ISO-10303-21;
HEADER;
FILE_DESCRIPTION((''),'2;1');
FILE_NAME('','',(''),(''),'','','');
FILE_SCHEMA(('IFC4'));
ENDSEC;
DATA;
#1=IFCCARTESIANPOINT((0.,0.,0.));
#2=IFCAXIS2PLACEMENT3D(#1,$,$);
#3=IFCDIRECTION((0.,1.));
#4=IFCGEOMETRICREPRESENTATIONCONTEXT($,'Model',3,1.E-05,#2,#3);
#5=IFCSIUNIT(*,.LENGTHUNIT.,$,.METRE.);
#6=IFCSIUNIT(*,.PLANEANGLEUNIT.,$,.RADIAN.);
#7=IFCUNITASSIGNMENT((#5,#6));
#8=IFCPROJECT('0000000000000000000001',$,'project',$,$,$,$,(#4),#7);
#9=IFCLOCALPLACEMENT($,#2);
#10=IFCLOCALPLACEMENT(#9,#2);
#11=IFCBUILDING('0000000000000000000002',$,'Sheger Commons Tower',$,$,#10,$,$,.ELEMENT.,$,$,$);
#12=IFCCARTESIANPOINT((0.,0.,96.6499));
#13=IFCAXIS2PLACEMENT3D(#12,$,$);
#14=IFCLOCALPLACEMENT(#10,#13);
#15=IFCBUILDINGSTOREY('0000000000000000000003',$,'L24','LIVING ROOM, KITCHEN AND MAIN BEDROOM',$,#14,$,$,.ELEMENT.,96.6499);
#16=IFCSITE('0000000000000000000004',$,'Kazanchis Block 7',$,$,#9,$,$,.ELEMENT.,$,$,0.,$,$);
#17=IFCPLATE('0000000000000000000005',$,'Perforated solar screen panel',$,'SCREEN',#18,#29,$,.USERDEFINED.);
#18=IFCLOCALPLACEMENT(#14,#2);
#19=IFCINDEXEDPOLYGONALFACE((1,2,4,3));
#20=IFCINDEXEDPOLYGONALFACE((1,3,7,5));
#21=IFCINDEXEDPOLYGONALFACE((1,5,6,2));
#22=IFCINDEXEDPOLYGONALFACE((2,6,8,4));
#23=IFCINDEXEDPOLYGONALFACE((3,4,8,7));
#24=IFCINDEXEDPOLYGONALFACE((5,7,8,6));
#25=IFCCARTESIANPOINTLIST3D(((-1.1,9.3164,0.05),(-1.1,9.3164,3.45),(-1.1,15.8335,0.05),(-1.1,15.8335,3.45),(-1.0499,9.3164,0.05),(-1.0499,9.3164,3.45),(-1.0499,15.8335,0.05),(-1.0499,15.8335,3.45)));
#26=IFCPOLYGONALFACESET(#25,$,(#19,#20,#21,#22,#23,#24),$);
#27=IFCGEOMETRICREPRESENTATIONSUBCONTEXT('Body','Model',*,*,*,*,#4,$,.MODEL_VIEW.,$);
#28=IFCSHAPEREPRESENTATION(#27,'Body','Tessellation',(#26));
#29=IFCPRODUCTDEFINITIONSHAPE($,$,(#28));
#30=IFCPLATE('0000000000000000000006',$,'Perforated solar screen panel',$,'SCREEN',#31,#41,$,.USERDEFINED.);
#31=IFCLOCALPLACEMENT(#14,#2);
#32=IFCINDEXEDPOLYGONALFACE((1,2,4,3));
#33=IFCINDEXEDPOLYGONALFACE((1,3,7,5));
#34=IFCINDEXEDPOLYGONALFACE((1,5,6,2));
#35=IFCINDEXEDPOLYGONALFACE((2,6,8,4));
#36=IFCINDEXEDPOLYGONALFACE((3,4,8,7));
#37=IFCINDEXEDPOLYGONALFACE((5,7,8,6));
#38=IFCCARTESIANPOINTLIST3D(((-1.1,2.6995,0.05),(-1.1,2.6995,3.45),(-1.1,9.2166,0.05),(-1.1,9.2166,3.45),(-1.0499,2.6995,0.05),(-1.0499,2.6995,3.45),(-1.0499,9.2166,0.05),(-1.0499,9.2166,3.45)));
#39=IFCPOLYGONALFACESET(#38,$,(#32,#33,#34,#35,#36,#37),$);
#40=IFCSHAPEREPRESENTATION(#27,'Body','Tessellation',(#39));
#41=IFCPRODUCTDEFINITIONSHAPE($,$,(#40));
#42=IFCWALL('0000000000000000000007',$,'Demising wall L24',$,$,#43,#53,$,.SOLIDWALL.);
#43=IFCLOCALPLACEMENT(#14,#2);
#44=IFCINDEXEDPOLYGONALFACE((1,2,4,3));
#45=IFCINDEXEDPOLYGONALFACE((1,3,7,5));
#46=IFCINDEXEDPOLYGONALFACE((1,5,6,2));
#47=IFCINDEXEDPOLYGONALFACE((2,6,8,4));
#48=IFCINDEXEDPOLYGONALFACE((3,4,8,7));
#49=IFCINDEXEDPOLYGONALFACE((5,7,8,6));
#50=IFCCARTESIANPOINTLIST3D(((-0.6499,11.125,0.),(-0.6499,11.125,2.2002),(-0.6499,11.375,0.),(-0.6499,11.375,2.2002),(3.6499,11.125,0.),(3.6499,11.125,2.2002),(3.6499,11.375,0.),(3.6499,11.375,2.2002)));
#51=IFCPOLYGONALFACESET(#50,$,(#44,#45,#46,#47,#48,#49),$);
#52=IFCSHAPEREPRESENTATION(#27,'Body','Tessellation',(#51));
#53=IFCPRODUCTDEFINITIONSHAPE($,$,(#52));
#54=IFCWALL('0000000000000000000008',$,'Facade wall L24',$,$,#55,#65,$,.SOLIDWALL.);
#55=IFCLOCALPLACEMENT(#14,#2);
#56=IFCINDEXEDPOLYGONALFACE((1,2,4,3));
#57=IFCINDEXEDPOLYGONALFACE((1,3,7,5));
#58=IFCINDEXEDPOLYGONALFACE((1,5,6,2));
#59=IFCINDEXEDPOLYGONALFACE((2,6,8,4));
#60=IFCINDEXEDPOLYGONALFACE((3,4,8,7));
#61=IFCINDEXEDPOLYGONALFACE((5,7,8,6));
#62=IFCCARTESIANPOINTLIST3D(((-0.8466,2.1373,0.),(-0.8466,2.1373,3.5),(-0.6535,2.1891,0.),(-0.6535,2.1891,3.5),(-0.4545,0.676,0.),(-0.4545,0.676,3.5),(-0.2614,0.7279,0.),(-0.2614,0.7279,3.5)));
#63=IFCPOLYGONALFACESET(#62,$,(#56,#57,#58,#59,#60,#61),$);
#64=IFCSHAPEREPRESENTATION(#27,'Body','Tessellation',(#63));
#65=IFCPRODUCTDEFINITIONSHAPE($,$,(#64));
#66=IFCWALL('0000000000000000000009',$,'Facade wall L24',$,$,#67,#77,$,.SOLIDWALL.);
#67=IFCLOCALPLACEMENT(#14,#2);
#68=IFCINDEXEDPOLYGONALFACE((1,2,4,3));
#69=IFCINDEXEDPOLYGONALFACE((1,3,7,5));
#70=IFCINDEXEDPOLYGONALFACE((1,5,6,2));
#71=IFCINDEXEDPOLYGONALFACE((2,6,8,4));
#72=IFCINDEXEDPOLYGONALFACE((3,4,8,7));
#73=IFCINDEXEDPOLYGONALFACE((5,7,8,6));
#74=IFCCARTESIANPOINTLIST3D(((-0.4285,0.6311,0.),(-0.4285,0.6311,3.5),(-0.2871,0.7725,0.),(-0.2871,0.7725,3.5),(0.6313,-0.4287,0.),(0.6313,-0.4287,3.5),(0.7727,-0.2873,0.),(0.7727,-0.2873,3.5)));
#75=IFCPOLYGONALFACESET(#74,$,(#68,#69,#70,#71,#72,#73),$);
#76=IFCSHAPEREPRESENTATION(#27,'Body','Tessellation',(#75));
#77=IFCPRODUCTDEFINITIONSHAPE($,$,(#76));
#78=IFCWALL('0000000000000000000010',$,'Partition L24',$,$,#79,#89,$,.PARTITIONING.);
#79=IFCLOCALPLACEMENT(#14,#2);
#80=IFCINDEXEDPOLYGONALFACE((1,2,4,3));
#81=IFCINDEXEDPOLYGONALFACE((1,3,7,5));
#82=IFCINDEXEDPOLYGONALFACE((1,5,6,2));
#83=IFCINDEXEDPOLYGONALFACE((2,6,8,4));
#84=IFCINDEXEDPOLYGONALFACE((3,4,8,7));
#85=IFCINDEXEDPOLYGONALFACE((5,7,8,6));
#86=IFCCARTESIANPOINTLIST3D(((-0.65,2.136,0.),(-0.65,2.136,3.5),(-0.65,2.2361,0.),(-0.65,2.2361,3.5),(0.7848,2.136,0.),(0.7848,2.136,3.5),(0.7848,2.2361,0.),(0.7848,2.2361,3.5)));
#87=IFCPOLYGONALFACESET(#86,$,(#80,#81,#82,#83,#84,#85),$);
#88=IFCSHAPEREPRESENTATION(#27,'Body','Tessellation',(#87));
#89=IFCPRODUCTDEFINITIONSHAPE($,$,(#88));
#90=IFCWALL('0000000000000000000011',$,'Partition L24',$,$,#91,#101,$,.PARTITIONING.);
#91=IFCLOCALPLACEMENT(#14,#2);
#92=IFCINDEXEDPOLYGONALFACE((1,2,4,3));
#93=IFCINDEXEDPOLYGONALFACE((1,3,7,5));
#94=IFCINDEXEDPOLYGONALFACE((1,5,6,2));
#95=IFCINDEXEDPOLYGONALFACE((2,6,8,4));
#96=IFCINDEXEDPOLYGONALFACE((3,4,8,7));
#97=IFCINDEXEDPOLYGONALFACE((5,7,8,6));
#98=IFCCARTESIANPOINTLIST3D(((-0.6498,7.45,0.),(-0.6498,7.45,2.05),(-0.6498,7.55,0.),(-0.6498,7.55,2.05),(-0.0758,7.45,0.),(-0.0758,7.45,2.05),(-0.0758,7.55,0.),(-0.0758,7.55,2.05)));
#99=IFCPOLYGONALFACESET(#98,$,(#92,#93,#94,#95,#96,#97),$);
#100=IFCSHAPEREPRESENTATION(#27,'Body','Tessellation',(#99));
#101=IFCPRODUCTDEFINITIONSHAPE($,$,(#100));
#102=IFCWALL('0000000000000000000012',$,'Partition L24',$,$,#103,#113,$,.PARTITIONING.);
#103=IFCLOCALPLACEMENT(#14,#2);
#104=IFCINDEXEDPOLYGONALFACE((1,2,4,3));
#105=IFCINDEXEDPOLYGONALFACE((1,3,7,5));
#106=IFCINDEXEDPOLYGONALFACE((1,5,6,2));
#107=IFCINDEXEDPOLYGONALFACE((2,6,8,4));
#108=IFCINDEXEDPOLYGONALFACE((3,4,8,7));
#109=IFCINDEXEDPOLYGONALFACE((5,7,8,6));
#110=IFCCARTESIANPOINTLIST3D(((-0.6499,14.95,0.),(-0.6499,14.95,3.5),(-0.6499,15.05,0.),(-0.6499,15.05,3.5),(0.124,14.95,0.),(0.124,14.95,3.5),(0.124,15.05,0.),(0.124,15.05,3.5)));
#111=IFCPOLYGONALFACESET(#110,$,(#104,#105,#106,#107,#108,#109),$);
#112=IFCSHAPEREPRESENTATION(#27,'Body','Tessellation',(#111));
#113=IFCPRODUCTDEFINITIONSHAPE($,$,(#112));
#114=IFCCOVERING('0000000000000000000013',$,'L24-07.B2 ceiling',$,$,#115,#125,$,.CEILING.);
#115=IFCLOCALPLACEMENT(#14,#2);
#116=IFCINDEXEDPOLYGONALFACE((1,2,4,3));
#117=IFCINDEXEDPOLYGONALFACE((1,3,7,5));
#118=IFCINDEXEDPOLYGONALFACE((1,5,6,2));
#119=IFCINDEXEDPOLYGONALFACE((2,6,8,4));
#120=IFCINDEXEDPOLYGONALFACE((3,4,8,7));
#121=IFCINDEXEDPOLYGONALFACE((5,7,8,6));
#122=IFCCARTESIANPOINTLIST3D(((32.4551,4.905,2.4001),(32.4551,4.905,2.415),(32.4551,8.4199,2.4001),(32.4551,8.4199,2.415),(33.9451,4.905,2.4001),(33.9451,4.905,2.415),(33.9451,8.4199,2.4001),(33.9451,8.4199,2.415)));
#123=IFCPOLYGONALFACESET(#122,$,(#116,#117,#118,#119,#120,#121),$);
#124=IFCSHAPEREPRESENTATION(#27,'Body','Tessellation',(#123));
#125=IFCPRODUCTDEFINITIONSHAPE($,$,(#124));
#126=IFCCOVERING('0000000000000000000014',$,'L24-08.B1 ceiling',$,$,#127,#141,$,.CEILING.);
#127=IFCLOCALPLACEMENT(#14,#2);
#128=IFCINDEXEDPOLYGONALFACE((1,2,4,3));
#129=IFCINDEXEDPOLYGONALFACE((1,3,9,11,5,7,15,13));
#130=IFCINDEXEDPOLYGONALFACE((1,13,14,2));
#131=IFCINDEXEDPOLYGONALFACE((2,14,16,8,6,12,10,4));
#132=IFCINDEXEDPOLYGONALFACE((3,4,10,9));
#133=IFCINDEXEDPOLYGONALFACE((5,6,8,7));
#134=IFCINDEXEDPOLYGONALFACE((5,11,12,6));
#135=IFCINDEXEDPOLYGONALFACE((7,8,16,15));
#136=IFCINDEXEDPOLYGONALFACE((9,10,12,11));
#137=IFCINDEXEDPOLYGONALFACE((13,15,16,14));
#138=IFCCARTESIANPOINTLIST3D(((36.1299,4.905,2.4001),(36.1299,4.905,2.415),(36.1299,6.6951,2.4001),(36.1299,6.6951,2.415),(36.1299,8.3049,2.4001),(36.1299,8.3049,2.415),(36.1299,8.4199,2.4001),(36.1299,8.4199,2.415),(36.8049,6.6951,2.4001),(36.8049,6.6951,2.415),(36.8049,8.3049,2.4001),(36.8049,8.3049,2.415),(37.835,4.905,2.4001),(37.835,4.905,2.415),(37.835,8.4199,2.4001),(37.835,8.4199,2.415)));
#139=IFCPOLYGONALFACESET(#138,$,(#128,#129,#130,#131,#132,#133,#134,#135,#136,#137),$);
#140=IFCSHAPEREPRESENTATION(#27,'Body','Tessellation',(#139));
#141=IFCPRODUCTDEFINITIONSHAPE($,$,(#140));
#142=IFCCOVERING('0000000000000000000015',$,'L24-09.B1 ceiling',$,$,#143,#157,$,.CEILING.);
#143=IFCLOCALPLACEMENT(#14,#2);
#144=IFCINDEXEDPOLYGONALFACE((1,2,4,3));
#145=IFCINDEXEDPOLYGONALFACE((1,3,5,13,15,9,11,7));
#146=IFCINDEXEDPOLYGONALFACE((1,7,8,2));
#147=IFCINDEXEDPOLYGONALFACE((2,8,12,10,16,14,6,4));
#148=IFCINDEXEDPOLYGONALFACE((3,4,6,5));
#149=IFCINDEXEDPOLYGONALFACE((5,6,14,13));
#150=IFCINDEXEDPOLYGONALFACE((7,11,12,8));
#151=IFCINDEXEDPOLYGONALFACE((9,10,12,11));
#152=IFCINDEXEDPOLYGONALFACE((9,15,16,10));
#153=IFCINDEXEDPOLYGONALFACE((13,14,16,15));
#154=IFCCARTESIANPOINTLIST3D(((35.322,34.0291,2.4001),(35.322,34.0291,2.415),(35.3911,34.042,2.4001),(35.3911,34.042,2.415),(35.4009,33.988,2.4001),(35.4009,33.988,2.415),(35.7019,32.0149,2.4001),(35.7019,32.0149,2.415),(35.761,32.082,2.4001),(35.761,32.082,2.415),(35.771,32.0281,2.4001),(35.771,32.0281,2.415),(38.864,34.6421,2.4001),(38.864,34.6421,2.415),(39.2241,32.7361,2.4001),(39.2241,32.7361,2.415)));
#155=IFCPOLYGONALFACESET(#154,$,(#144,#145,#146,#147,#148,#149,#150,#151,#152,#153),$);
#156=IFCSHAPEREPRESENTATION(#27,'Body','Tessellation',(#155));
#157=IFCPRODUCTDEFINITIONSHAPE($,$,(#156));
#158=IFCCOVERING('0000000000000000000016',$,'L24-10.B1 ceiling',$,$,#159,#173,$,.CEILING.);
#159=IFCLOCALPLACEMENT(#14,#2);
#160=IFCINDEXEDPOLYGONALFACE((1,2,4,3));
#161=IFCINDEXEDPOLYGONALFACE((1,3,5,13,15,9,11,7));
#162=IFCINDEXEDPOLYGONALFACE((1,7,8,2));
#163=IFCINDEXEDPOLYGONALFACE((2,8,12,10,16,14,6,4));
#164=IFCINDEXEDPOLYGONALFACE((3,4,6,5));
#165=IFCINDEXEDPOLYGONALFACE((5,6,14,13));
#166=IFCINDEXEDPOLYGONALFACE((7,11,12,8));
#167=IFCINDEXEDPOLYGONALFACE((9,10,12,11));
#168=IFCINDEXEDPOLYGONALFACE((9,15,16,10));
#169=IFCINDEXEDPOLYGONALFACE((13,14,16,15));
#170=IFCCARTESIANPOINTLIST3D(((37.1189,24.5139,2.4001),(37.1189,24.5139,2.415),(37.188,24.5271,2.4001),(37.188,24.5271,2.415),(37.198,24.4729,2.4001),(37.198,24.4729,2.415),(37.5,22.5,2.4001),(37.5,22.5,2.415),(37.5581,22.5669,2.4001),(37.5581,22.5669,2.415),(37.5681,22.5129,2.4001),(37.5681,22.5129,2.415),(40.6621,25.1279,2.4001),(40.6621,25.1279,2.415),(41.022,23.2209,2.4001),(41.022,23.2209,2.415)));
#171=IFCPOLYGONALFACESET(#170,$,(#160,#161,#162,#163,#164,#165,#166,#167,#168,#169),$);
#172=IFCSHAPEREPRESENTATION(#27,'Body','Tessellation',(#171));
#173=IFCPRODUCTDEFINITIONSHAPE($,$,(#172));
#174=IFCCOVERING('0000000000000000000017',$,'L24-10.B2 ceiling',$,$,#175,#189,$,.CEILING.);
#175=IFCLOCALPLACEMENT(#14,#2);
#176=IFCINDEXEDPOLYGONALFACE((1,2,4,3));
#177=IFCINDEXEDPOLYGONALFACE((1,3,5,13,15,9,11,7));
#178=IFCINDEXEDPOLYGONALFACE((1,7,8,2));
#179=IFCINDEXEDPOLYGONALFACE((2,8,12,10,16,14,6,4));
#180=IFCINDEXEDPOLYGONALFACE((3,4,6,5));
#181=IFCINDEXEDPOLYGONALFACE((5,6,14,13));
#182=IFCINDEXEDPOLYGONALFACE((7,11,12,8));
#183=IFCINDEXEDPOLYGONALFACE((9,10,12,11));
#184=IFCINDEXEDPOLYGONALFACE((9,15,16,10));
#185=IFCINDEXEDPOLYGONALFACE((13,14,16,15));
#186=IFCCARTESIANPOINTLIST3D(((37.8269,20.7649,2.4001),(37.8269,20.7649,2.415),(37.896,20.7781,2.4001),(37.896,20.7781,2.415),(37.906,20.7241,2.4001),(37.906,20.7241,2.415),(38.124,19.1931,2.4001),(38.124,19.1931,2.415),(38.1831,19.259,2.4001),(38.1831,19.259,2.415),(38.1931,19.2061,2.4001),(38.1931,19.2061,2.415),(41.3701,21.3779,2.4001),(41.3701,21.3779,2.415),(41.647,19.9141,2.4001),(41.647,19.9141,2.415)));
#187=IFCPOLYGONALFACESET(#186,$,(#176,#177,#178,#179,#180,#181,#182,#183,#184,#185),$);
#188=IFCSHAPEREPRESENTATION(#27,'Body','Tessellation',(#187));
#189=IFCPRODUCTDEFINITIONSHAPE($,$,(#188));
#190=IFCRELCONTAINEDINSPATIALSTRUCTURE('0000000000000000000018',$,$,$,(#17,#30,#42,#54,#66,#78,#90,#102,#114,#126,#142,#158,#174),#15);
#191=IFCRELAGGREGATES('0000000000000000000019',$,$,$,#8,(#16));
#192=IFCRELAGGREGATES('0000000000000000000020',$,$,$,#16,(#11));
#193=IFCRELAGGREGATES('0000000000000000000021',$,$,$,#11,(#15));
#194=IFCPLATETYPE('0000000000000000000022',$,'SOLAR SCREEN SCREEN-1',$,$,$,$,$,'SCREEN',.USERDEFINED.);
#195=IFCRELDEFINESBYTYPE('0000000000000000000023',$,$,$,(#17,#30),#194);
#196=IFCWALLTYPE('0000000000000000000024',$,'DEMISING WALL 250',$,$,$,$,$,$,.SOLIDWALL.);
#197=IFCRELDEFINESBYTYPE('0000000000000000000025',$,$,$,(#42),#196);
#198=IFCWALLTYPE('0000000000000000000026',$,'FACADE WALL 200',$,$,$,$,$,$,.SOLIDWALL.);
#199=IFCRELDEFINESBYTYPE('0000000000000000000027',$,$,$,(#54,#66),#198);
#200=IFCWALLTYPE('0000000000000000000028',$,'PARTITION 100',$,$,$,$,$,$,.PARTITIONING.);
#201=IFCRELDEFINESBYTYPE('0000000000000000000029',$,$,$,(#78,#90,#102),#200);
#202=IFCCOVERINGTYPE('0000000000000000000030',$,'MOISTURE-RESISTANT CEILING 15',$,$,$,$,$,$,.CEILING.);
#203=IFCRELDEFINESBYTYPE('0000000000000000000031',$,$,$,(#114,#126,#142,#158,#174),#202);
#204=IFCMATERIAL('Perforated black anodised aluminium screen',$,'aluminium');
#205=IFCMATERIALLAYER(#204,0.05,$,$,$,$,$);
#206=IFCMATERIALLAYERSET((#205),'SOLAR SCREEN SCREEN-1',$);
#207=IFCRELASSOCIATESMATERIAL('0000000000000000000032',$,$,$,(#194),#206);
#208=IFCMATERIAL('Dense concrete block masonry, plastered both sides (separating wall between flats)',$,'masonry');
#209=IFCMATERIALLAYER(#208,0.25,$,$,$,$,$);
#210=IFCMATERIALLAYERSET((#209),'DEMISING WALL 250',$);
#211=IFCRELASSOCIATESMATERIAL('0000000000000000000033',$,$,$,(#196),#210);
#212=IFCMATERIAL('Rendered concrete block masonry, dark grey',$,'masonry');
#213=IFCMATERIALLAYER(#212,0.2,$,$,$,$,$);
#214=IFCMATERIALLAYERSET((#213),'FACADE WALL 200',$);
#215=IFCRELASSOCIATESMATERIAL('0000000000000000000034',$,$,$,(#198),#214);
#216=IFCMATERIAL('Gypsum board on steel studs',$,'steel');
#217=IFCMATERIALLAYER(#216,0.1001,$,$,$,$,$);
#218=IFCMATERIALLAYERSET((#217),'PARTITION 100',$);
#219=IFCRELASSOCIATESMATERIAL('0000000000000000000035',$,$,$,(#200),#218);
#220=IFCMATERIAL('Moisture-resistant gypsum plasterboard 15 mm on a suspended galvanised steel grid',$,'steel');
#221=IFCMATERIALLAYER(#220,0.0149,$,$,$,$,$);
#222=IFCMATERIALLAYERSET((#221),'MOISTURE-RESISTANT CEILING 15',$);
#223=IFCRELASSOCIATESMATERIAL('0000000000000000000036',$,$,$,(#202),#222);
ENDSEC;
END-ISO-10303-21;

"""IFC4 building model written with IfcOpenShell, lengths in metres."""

from ifc_helpers import new_model, si_unit, direction, frame, frame_2d, origin, origin_2d, place, context, subcontext, project, spatial, polyline, rectangle, outline, extrude, material, layer, layer_set, type_object, element, save


model = new_model("IFC4")

# Units and contexts
model_context = context("Model", 3, precision=1e-05, world=origin(), true_north=direction((0.0, 1.0)))
body_context = subcontext(model_context, "Body", "Model", "MODEL_VIEW")
ifc_project = project(units=[si_unit("LENGTHUNIT", "METRE"), si_unit("PLANEANGLEUNIT", "RADIAN")], contexts=[model_context])

# Site, building, storey
site_placement = place(None, origin())
site = spatial("IfcSite", under=ifc_project, at=site_placement, Name="Kazanchis Block 7", CompositionType="ELEMENT", RefElevation=0.0)
building_placement = place(site_placement, origin())
building = spatial("IfcBuilding", under=site, at=building_placement, Name="Sheger Commons Tower", CompositionType="ELEMENT")
storey_placement = place(building_placement, frame((0.0, 0.0, 96.6499)))
storey = spatial("IfcBuildingStorey", under=building, at=storey_placement, Name="L24", Description="LIVING ROOM, KITCHEN AND MAIN BEDROOM", CompositionType="ELEMENT", Elevation=96.6499)

# Plates
ifc_material_1 = material(Name="Perforated black anodised aluminium screen", Category="aluminium")
ifc_layer_1 = layer(ifc_material_1, 0.05)
ifc_layer_set_1 = layer_set([ifc_layer_1], Name="SOLAR SCREEN SCREEN-1")
plate_type = type_object("IfcPlateType", Name="SOLAR SCREEN SCREEN-1", ElementType="SCREEN", PredefinedType="USERDEFINED", material=ifc_layer_set_1)
for number, where, z_axis, x_axis, name in (
    (1, (-1.075, 12.575, 0.05), (0.0, 0.0, 1.0), (0.0, -1.0, 0.0), "Perforated solar screen panel"),
    (2, (-1.075, 5.958, 0.05), (0.0, 0.0, 1.0), (0.0, -1.0, 0.0), "Perforated solar screen panel"),
):
    element("IfcPlate", number, at=place(storey_placement, frame(where, z_axis=z_axis, x_axis=x_axis)), inside=storey, type_object=plate_type, Name=name, ObjectType="SCREEN", PredefinedType="USERDEFINED", context=body_context, shape_type="SweptSolid", body=[
        extrude(rectangle(XDim=6.5171, YDim=0.05, at=origin_2d()), origin(), (0.0, 0.0, 1.0), 3.3999),
    ])

# Walls
ifc_material_2 = material(Name="Dense concrete block masonry, plastered both sides (separating wall between flats)", Category="masonry")
ifc_layer_2 = layer(ifc_material_2, 0.25)
ifc_layer_set_2 = layer_set([ifc_layer_2], Name="DEMISING WALL 250")
wall_type_1 = type_object("IfcWallType", Name="DEMISING WALL 250", PredefinedType="SOLIDWALL", material=ifc_layer_set_2)
wall_1_placement = place(storey_placement, frame((-0.6499, 11.25, 0.0), z_axis=(0.0, 0.0, 1.0), x_axis=(1.0, 0.0, 0.0)))
element("IfcWall", 3, at=wall_1_placement, inside=storey, type_object=wall_type_1, Name="Demising wall L24", PredefinedType="SOLIDWALL", context=body_context, shape_type="SweptSolid", body=[
    extrude(rectangle(XDim=4.2998, YDim=0.25, at=frame_2d((2.1499, 0.0))), origin(), (0.0, 0.0, 1.0), 2.2002),
])
ifc_material_3 = material(Name="Rendered concrete block masonry, dark grey", Category="masonry")
ifc_layer_3 = layer(ifc_material_3, 0.2)
ifc_layer_set_3 = layer_set([ifc_layer_3], Name="FACADE WALL 200")
wall_type_2 = type_object("IfcWallType", Name="FACADE WALL 200", PredefinedType="SOLIDWALL", material=ifc_layer_set_3)
wall_2_placement = place(storey_placement, frame((-0.75, 2.1631, 0.0), z_axis=(0.0, 0.0, 1.0), x_axis=(0.259169, -0.965832, 0.0)))
element("IfcWall", 4, at=wall_2_placement, inside=storey, type_object=wall_type_2, Name="Facade wall L24", PredefinedType="SOLIDWALL", context=body_context, shape_type="SweptSolid", body=[
    extrude(rectangle(XDim=1.5129, YDim=0.2, at=frame_2d((0.7563, 0.0))), origin(), (0.0, 0.0, 1.0), 3.5),
])
wall_3_placement = place(storey_placement, frame((-0.3579, 0.7019, 0.0), z_axis=(0.0, 0.0, 1.0), x_axis=(0.707107, -0.707107, 0.0)))
element("IfcWall", 5, at=wall_3_placement, inside=storey, type_object=wall_type_2, Name="Facade wall L24", PredefinedType="SOLIDWALL", context=body_context, shape_type="SweptSolid", body=[
    extrude(rectangle(XDim=1.4988, YDim=0.2, at=frame_2d((0.7495, 0.0))), origin(), (0.0, 0.0, 1.0), 3.5),
])
ifc_material_4 = material(Name="Gypsum board on steel studs", Category="steel")
ifc_layer_4 = layer(ifc_material_4, 0.1001)
ifc_layer_set_4 = layer_set([ifc_layer_4], Name="PARTITION 100")
wall_type_3 = type_object("IfcWallType", Name="PARTITION 100", PredefinedType="PARTITIONING", material=ifc_layer_set_4)
wall_4_placement = place(storey_placement, frame((-0.6499, 2.186, 0.0), z_axis=(0.0, 0.0, 1.0), x_axis=(1.0, 0.0, 0.0)))
element("IfcWall", 6, at=wall_4_placement, inside=storey, type_object=wall_type_3, Name="Partition L24", PredefinedType="PARTITIONING", context=body_context, shape_type="SweptSolid", body=[
    extrude(rectangle(XDim=1.4348, YDim=0.1001, at=frame_2d((0.7173, 0.0))), origin(), (0.0, 0.0, 1.0), 3.5),
])
wall_5_placement = place(storey_placement, frame((-0.6499, 7.5, 0.0), z_axis=(0.0, 0.0, 1.0), x_axis=(1.0, 0.0, 0.0)))
element("IfcWall", 7, at=wall_5_placement, inside=storey, type_object=wall_type_3, Name="Partition L24", PredefinedType="PARTITIONING", context=body_context, shape_type="SweptSolid", body=[
    extrude(rectangle(XDim=0.574, YDim=0.1001, at=frame_2d((0.2871, 0.0))), origin(), (0.0, 0.0, 1.0), 2.05),
])
wall_6_placement = place(storey_placement, frame((-0.6499, 15.0, 0.0), z_axis=(0.0, 0.0, 1.0), x_axis=(1.0, 0.0, 0.0)))
element("IfcWall", 8, at=wall_6_placement, inside=storey, type_object=wall_type_3, Name="Partition L24", PredefinedType="PARTITIONING", context=body_context, shape_type="SweptSolid", body=[
    extrude(rectangle(XDim=0.7739, YDim=0.1001, at=frame_2d((0.387, 0.0))), origin(), (0.0, 0.0, 1.0), 3.5),
])

# Coverings
ifc_material_5 = material(Name="Moisture-resistant gypsum plasterboard 15 mm on a suspended galvanised steel grid", Category="steel")
ifc_layer_5 = layer(ifc_material_5, 0.0149)
ifc_layer_set_5 = layer_set([ifc_layer_5], Name="MOISTURE-RESISTANT CEILING 15")
covering_type_1 = type_object("IfcCoveringType", Name="MOISTURE-RESISTANT CEILING 15", PredefinedType="CEILING", material=ifc_layer_set_5)
covering_1_placement = place(storey_placement, frame((0.0, 0.0, 2.4001)))
element("IfcCovering", 9, at=covering_1_placement, inside=storey, type_object=covering_type_1, Name="L24-07.B2 ceiling", PredefinedType="CEILING", context=body_context, shape_type="SweptSolid", body=[
    extrude(outline(polyline([(32.4551, 4.905), (33.9451, 4.905), (33.9451, 8.4199), (32.4551, 8.4199), (32.4551, 4.905)])), origin(), (0.0, 0.0, 1.0), 0.0149),
])
covering_2_placement = place(storey_placement, frame((0.0, 0.0, 2.4001)))
element("IfcCovering", 10, at=covering_2_placement, inside=storey, type_object=covering_type_1, Name="L24-08.B1 ceiling", PredefinedType="CEILING", context=body_context, shape_type="SweptSolid", body=[
    extrude(outline(polyline([(36.1299, 4.905), (37.835, 4.905), (37.835, 8.4199), (36.1299, 8.4199), (36.1299, 8.3049), (36.8049, 8.3049), (36.8049, 6.6951), (36.1299, 6.6951), (36.1299, 4.905)])), origin(), (0.0, 0.0, 1.0), 0.0149),
])
covering_3_placement = place(storey_placement, frame((0.0, 0.0, 2.4001)))
element("IfcCovering", 11, at=covering_3_placement, inside=storey, type_object=covering_type_1, Name="L24-09.B1 ceiling", PredefinedType="CEILING", context=body_context, shape_type="SweptSolid", body=[
    extrude(outline(polyline([(35.7019, 32.0149), (35.771, 32.0281), (35.761, 32.082), (39.2241, 32.7361), (38.864, 34.6421), (35.4009, 33.988), (35.3911, 34.042), (35.322, 34.0291), (35.7019, 32.0149)])), origin(), (0.0, 0.0, 1.0), 0.0149),
])
covering_4_placement = place(storey_placement, frame((0.0, 0.0, 2.4001)))
element("IfcCovering", 12, at=covering_4_placement, inside=storey, type_object=covering_type_1, Name="L24-10.B1 ceiling", PredefinedType="CEILING", context=body_context, shape_type="SweptSolid", body=[
    extrude(outline(polyline([(37.5, 22.5), (37.5681, 22.5129), (37.5581, 22.5669), (41.022, 23.2209), (40.6621, 25.1279), (37.198, 24.4729), (37.188, 24.5271), (37.1189, 24.5139), (37.5, 22.5)])), origin(), (0.0, 0.0, 1.0), 0.0149),
])
covering_5_placement = place(storey_placement, frame((0.0, 0.0, 2.4001)))
element("IfcCovering", 13, at=covering_5_placement, inside=storey, type_object=covering_type_1, Name="L24-10.B2 ceiling", PredefinedType="CEILING", context=body_context, shape_type="SweptSolid", body=[
    extrude(outline(polyline([(38.124, 19.1931), (38.1931, 19.2061), (38.1831, 19.259), (41.647, 19.9141), (41.3701, 21.3779), (37.906, 20.7241), (37.896, 20.7781), (37.8269, 20.7649), (38.124, 19.1931)])), origin(), (0.0, 0.0, 1.0), 0.0149),
])

save(model, "model.ifc")
